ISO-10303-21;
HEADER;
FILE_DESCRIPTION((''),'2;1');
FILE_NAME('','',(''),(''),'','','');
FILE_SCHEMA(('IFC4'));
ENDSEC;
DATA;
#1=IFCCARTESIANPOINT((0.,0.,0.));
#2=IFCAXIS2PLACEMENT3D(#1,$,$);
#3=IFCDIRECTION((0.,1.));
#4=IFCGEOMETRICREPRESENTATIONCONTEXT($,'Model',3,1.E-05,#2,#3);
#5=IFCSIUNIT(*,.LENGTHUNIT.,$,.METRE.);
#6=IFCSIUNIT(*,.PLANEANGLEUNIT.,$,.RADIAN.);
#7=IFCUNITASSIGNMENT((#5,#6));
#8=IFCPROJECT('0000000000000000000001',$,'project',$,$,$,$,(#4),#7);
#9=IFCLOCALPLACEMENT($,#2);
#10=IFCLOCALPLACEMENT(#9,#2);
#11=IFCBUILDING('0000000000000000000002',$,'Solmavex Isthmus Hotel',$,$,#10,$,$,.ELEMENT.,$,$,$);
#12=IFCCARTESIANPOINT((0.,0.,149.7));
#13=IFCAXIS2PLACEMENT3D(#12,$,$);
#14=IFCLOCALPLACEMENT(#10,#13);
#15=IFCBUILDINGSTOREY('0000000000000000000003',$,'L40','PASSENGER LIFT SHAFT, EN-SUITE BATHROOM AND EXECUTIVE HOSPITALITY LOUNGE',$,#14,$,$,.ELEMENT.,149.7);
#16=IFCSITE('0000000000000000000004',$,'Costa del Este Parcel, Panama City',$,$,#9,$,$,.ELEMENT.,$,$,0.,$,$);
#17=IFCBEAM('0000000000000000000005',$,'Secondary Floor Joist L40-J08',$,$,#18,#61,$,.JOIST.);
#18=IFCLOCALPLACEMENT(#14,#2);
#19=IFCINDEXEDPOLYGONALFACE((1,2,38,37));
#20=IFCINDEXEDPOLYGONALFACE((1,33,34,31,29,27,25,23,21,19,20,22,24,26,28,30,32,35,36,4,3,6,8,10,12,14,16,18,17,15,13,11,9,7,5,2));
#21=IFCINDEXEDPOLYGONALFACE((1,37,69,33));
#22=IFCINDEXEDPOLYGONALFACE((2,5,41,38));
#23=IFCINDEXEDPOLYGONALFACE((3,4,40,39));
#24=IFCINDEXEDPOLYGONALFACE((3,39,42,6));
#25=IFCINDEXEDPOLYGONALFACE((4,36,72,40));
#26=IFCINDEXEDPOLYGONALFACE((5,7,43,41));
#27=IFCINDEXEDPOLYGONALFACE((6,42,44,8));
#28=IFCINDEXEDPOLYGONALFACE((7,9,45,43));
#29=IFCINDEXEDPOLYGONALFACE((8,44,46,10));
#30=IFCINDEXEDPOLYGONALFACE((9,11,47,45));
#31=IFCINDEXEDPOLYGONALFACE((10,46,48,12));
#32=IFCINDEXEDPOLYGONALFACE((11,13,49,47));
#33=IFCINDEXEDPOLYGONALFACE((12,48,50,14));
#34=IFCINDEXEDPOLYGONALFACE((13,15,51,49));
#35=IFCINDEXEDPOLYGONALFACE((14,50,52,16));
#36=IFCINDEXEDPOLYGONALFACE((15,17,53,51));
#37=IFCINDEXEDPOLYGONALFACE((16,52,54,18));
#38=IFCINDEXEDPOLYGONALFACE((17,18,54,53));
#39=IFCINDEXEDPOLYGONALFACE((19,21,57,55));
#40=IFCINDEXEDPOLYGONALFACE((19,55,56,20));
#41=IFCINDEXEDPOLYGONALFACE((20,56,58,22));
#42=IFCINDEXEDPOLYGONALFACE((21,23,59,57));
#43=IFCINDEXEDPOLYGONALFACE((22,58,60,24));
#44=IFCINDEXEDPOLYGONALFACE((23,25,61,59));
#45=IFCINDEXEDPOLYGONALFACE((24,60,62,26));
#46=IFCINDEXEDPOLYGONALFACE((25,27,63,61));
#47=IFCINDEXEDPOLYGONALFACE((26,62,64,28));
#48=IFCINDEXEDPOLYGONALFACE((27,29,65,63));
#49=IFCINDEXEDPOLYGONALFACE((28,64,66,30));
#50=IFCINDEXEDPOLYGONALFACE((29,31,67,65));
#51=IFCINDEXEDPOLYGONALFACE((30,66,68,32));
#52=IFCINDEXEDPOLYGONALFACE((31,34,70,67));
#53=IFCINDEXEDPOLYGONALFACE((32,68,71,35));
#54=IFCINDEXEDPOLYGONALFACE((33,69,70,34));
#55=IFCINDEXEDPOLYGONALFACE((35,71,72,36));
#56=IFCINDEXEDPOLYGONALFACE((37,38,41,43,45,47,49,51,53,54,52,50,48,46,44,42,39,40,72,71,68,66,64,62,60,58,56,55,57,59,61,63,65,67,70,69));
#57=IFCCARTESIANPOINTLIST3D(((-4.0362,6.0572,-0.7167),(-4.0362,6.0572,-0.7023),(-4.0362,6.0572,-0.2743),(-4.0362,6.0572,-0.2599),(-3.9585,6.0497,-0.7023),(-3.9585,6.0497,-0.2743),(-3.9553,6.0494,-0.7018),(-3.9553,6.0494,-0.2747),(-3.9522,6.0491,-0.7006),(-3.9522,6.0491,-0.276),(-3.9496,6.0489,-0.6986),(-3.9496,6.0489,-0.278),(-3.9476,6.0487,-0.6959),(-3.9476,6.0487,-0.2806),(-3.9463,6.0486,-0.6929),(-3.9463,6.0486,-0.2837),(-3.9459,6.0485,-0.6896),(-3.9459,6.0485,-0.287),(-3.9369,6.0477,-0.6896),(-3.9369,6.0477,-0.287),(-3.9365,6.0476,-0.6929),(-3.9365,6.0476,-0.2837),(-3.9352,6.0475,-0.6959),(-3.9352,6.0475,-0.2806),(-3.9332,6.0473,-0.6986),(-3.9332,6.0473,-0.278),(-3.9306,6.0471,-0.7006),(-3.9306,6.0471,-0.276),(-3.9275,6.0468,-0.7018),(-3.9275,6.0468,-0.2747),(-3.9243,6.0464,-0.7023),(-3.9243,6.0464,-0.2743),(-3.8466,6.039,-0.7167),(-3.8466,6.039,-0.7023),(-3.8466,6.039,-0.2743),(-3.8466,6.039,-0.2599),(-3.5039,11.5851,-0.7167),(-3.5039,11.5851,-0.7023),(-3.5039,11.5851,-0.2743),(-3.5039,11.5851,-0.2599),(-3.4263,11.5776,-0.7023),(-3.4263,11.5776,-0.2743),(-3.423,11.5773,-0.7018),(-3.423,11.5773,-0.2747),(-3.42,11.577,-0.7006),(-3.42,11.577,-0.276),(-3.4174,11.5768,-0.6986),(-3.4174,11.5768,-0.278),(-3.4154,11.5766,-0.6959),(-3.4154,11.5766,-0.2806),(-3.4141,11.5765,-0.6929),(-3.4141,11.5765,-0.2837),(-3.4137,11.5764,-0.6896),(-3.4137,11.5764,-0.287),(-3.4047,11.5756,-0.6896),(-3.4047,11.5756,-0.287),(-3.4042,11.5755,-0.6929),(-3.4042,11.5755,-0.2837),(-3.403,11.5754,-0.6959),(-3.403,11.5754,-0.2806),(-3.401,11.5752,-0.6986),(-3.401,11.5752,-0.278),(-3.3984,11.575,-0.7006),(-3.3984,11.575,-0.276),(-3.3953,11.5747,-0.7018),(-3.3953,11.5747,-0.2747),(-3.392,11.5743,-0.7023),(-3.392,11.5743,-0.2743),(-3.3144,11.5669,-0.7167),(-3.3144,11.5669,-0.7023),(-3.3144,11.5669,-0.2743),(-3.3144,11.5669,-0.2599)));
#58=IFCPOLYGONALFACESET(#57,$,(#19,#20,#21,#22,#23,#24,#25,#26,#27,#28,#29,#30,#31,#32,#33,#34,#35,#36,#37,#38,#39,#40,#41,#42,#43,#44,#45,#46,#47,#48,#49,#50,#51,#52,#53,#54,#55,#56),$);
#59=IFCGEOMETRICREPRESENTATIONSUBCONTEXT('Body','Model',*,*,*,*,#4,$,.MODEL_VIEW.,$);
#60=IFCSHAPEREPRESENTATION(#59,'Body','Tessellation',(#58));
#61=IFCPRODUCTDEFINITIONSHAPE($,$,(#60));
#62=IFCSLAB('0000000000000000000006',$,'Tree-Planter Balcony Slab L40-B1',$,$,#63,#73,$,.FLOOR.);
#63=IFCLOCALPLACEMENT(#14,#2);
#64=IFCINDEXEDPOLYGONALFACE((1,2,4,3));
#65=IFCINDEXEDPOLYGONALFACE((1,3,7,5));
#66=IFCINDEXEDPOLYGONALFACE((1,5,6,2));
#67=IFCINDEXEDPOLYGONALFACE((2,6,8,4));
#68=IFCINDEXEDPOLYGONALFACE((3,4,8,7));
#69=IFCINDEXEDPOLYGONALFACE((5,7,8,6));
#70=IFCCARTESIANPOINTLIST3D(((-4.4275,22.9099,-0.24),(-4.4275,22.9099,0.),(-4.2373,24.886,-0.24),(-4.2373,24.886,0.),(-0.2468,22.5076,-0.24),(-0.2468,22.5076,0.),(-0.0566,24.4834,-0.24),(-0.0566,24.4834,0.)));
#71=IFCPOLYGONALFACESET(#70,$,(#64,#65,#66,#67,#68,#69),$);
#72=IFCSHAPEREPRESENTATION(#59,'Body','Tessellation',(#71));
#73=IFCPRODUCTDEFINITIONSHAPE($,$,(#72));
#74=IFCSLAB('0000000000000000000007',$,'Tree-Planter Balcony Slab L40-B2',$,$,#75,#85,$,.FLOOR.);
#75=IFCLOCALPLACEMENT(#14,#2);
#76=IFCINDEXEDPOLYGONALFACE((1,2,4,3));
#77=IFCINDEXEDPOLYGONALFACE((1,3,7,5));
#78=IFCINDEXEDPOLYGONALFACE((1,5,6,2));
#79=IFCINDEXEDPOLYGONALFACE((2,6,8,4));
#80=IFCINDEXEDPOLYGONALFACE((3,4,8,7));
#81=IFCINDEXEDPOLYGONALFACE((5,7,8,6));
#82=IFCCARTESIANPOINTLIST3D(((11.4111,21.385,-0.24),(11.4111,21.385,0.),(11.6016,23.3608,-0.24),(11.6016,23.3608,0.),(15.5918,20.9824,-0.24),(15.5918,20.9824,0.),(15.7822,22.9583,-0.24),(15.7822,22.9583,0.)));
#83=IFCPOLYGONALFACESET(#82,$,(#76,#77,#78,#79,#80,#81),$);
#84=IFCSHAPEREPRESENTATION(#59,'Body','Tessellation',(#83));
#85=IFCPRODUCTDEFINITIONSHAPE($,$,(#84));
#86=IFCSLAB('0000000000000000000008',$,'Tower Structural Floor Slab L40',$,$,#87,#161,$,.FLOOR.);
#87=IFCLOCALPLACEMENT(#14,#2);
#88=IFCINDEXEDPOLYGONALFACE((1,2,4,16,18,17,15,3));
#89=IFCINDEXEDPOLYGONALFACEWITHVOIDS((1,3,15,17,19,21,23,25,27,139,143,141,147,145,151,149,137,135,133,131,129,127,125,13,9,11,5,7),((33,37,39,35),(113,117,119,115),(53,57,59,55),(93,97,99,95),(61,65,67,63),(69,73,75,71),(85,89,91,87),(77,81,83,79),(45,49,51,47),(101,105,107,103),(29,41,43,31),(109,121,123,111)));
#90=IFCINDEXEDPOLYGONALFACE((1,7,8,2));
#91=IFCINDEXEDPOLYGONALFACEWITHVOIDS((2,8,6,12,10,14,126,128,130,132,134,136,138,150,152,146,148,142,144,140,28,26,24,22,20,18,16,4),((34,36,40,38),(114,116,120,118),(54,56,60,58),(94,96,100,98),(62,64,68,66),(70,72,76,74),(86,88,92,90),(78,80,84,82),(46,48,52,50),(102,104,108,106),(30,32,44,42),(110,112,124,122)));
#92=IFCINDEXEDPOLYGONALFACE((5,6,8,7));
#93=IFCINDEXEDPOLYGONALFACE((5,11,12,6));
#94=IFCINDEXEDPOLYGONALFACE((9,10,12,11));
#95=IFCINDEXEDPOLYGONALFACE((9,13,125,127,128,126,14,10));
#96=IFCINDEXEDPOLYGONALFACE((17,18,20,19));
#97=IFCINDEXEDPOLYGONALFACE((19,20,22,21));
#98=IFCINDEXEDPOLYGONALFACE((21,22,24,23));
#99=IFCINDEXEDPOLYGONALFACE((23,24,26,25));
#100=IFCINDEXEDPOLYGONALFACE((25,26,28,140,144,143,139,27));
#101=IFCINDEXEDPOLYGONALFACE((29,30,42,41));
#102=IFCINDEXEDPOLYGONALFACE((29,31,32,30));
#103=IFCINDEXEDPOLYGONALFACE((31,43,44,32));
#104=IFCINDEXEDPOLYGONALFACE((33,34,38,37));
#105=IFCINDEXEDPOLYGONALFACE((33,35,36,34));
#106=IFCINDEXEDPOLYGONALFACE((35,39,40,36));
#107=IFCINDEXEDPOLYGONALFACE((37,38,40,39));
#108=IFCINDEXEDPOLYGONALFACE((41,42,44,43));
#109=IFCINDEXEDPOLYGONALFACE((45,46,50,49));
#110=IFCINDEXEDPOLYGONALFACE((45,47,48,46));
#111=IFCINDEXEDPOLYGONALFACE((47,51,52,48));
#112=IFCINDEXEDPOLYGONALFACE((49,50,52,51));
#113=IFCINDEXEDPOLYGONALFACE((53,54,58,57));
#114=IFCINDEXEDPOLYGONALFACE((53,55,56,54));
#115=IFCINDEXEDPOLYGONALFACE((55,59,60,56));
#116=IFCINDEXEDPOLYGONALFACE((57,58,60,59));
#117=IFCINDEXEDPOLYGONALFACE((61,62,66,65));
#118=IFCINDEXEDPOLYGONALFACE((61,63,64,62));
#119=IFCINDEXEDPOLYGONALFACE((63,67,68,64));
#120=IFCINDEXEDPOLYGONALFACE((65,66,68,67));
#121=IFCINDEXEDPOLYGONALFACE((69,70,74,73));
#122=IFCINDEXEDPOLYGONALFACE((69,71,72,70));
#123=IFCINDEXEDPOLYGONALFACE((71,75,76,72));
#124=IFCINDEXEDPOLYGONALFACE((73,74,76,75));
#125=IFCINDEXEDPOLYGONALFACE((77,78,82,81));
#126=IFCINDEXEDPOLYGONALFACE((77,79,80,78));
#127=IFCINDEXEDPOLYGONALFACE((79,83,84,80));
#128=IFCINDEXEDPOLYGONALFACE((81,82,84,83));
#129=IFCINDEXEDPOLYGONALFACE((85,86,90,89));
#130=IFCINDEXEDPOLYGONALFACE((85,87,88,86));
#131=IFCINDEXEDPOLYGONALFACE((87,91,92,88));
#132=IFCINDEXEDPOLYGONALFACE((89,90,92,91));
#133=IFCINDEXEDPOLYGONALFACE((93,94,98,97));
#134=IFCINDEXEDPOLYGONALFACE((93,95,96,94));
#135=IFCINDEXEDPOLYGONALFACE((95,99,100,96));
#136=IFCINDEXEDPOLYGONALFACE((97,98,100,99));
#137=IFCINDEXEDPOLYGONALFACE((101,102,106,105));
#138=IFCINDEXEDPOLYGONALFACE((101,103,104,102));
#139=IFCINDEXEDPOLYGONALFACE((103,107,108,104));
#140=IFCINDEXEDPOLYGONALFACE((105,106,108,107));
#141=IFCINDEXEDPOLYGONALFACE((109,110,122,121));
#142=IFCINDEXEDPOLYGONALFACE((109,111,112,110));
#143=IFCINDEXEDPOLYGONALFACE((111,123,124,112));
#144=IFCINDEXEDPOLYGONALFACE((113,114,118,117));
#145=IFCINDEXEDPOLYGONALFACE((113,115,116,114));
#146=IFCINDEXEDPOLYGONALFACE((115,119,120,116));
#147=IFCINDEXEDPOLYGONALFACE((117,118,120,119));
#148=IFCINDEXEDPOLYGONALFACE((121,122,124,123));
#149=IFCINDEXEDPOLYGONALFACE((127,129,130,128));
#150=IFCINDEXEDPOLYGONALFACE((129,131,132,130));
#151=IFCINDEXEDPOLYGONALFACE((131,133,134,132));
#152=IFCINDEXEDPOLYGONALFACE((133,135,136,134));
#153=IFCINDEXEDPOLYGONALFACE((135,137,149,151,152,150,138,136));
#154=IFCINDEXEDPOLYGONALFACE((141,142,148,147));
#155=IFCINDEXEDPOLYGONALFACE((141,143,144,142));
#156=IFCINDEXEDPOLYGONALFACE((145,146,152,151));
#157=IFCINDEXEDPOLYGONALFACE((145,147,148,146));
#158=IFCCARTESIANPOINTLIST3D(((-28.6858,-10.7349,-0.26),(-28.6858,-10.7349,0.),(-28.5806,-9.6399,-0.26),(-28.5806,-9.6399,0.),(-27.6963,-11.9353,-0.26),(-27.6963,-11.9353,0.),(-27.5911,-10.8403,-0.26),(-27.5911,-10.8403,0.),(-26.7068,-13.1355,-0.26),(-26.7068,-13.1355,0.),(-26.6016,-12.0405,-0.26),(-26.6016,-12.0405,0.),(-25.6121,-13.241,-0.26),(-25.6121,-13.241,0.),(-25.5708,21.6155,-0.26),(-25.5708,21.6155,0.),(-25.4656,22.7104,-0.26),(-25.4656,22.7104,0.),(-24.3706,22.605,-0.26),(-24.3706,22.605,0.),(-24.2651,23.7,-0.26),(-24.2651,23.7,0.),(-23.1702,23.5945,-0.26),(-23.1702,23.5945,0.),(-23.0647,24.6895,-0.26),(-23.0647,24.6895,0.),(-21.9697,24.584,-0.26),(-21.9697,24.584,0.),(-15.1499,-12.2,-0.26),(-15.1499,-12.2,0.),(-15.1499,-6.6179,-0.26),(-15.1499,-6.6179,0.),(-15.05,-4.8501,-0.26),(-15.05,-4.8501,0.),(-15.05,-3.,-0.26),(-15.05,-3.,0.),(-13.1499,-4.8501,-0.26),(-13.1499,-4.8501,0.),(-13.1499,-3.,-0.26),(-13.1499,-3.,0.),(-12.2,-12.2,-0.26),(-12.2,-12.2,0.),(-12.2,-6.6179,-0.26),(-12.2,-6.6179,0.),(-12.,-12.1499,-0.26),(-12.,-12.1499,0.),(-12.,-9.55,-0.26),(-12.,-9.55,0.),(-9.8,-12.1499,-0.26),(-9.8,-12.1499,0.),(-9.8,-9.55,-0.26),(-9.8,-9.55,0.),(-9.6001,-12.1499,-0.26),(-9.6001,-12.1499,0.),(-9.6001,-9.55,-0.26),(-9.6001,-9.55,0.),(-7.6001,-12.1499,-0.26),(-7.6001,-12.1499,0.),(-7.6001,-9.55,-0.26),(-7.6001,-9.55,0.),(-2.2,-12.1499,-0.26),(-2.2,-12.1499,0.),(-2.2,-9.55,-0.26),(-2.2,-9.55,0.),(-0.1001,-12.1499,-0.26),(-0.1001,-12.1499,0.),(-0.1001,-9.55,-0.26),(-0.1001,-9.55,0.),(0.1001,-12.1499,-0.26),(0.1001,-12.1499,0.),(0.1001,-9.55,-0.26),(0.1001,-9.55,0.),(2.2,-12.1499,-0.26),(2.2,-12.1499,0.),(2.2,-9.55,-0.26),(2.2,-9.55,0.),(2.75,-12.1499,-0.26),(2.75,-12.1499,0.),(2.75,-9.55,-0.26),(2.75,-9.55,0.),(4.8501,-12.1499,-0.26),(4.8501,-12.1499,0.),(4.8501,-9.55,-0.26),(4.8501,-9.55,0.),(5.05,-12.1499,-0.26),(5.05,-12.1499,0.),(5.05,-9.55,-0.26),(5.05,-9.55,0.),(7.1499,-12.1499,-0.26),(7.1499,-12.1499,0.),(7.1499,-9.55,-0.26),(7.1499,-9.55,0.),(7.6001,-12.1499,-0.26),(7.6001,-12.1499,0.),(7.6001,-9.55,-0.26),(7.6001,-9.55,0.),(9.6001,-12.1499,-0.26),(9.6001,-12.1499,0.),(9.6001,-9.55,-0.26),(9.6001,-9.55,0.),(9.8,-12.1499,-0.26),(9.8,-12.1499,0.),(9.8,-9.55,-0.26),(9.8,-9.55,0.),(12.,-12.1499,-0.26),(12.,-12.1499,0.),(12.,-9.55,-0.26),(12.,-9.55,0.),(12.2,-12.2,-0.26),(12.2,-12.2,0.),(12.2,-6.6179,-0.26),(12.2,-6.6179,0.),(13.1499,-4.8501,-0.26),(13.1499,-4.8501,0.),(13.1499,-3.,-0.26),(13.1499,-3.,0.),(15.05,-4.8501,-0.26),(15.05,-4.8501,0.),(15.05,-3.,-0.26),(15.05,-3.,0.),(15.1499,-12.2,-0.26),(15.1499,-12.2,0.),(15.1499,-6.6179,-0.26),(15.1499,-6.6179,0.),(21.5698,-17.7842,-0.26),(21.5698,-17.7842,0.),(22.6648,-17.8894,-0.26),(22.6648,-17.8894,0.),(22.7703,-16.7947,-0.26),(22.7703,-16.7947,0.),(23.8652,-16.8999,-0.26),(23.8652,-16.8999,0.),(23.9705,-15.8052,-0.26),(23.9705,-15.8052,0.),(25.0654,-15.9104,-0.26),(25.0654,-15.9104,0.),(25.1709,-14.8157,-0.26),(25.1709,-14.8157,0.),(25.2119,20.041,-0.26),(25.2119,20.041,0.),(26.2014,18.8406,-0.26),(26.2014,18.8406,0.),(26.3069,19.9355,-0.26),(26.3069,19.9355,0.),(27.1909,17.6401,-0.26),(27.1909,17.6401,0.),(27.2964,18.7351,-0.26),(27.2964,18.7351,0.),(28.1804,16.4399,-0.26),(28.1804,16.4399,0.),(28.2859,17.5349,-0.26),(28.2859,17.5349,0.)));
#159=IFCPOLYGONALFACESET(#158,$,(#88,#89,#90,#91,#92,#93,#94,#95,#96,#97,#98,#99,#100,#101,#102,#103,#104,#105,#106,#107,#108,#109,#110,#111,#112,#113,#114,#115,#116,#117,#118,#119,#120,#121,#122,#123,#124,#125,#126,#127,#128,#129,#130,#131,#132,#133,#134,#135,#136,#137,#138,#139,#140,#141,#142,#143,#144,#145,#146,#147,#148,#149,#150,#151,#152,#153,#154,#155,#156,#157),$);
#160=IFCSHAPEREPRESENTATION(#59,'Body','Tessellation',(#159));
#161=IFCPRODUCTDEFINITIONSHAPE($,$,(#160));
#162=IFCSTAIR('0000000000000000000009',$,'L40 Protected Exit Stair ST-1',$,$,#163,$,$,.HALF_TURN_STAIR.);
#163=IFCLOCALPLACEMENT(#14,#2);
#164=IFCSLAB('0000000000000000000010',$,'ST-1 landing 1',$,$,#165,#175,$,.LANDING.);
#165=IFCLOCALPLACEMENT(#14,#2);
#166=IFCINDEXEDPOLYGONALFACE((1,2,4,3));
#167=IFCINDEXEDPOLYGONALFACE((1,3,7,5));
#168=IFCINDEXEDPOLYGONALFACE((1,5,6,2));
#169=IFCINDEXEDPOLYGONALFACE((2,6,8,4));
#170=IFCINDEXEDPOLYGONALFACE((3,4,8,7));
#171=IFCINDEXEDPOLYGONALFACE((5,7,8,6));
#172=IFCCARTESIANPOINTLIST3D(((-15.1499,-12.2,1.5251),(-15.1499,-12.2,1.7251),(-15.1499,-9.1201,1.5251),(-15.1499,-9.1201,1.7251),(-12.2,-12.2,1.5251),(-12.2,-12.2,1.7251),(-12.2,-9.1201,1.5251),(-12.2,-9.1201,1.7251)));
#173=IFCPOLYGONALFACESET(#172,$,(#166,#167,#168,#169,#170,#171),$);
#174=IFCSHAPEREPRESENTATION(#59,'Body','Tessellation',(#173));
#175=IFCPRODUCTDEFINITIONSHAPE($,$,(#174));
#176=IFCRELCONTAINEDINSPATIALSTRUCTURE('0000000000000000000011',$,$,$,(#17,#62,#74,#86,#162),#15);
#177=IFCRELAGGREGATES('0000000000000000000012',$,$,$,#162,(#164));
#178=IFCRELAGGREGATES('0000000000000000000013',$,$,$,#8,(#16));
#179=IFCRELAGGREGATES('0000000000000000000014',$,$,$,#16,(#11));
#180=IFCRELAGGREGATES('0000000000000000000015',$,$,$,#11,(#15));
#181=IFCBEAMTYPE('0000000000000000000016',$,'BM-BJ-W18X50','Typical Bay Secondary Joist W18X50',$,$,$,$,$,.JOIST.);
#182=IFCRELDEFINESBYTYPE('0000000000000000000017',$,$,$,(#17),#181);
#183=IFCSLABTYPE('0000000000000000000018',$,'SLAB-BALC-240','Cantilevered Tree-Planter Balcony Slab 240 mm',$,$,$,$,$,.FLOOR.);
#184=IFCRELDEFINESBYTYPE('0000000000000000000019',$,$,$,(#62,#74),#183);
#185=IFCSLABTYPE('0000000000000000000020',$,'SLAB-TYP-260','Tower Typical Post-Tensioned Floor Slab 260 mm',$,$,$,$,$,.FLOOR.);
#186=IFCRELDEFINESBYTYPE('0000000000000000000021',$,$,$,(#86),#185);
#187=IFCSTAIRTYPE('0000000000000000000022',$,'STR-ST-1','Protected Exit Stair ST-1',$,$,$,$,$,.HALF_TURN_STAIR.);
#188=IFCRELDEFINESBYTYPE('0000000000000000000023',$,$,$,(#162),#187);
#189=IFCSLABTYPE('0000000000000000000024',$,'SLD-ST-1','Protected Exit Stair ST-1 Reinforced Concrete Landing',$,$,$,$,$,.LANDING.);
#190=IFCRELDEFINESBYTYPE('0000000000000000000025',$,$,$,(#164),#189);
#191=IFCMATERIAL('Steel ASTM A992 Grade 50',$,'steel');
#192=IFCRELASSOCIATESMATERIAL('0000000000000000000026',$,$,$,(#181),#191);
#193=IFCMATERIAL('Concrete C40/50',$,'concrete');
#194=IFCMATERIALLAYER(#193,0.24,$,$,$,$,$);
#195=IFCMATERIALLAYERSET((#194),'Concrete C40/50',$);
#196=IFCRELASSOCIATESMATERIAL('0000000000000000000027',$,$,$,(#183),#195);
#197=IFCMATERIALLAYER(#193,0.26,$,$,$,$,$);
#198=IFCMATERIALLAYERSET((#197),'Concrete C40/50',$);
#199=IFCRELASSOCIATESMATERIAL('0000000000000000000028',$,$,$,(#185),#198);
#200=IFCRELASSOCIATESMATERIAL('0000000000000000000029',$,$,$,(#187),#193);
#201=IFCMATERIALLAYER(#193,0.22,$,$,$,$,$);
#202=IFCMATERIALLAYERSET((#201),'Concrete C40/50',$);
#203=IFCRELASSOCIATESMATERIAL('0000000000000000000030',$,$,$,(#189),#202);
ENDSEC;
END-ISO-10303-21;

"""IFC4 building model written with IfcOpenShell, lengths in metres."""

from ifc_helpers import new_model, si_unit, direction, frame, origin, origin_2d, place, context, subcontext, project, spatial, polyline, i_section, outline, extrude, material, layer, layer_set, material_profile, profile_set, type_object, element, aggregate, save


model = new_model("IFC4")

# Units and contexts
model_context = context("Model", 3, precision=1e-05, world=origin(), true_north=direction((0.0, 1.0)))
body_context = subcontext(model_context, "Body", "Model", "MODEL_VIEW")
ifc_project = project(units=[si_unit("LENGTHUNIT", "METRE"), si_unit("PLANEANGLEUNIT", "RADIAN")], contexts=[model_context])

# Site, building, storey
site_placement = place(None, origin())
site = spatial("IfcSite", under=ifc_project, at=site_placement, Name="Costa del Este Parcel, Panama City", CompositionType="ELEMENT", RefElevation=0.0)
building_placement = place(site_placement, origin())
building = spatial("IfcBuilding", under=site, at=building_placement, Name="Solmavex Isthmus Hotel", CompositionType="ELEMENT")
storey_placement = place(building_placement, frame((0.0, 0.0, 149.7)))
storey = spatial("IfcBuildingStorey", under=building, at=storey_placement, Name="L40", Description="PASSENGER LIFT SHAFT, EN-SUITE BATHROOM AND EXECUTIVE HOSPITALITY LOUNGE", CompositionType="ELEMENT", Elevation=149.7)

# Beam
ifc_material_1 = material(Name="Steel ASTM A992 Grade 50", Category="steel")
ifc_material_profile_1 = material_profile(ifc_material_1, i_section(OverallWidth=0.1904, OverallDepth=0.4568, WebThickness=0.009, FlangeThickness=0.0144, FilletRadius=0.0127, at=origin_2d()), Name="W18X50")
ifc_profile_set_1 = profile_set([ifc_material_profile_1], Name="Steel ASTM A992 Grade 50")
beam_type_1 = type_object("IfcBeamType", Name="BM-BJ-W18X50", Description="Typical Bay Secondary Joist W18X50", PredefinedType="JOIST", material=ifc_profile_set_1)
beam_1_placement = place(storey_placement, frame((-3.9414, 6.0481, -0.4883), z_axis=(0.095838, 0.995397, 0.0), x_axis=(-0.995397, 0.095838, 0.0)))
element("IfcBeam", 1, at=beam_1_placement, inside=storey, type_object=beam_type_1, Name="Secondary Floor Joist L40-J08", PredefinedType="JOIST", context=body_context, shape_type="SweptSolid", body=[
    extrude(i_section(OverallWidth=0.1904, OverallDepth=0.4568, WebThickness=0.009, FlangeThickness=0.0144, FilletRadius=0.0127, at=origin_2d()), origin(), (0.0, 0.0, 1.0), 5.5535),
])

# Slabs
ifc_material_2 = material(Name="Concrete C40/50", Category="concrete")
ifc_layer_1 = layer(ifc_material_2, 0.24)
ifc_layer_set_1 = layer_set([ifc_layer_1], Name="Concrete C40/50")
slab_type_1 = type_object("IfcSlabType", Name="SLAB-BALC-240", Description="Cantilevered Tree-Planter Balcony Slab 240 mm", PredefinedType="FLOOR", material=ifc_layer_set_1)
slab_1_placement = place(storey_placement, frame((0.0, 0.0, -0.24)))
element("IfcSlab", 2, at=slab_1_placement, inside=storey, type_object=slab_type_1, Name="Tree-Planter Balcony Slab L40-B1", PredefinedType="FLOOR", context=body_context, shape_type="SweptSolid", body=[
    extrude(outline(polyline([(-4.4275, 22.9099), (-0.2468, 22.5076), (-0.0566, 24.4834), (-4.2373, 24.886), (-4.4275, 22.9099)])), origin(), (0.0, 0.0, 1.0), 0.24),
])
slab_2_placement = place(storey_placement, frame((0.0, 0.0, -0.24)))
element("IfcSlab", 3, at=slab_2_placement, inside=storey, type_object=slab_type_1, Name="Tree-Planter Balcony Slab L40-B2", PredefinedType="FLOOR", context=body_context, shape_type="SweptSolid", body=[
    extrude(outline(polyline([(11.4111, 21.385), (15.5918, 20.9824), (15.7822, 22.9583), (11.6016, 23.3608), (11.4111, 21.385)])), origin(), (0.0, 0.0, 1.0), 0.24),
])
ifc_layer_2 = layer(ifc_material_2, 0.26)
ifc_layer_set_2 = layer_set([ifc_layer_2], Name="Concrete C40/50")
slab_type_2 = type_object("IfcSlabType", Name="SLAB-TYP-260", Description="Tower Typical Post-Tensioned Floor Slab 260 mm", PredefinedType="FLOOR", material=ifc_layer_set_2)
slab_3_placement = place(storey_placement, frame((0.0, 0.0, -0.26)))
element("IfcSlab", 4, at=slab_3_placement, inside=storey, type_object=slab_type_2, Name="Tower Structural Floor Slab L40", PredefinedType="FLOOR", context=body_context, shape_type="SweptSolid", body=[
    extrude(outline(polyline([(-25.6121, -13.241), (21.5698, -17.7842), (22.6648, -17.8894), (22.7703, -16.7947), (23.8652, -16.8999), (23.9705, -15.8052), (25.0654, -15.9104), (25.1709, -14.8157), (28.1804, 16.4399), (28.2859, 17.5349), (27.1909, 17.6401), (27.2964, 18.7351), (26.2014, 18.8406), (26.3069, 19.9355), (25.2119, 20.041), (-21.9697, 24.584), (-23.0647, 24.6895), (-23.1702, 23.5945), (-24.2651, 23.7), (-24.3706, 22.605), (-25.4656, 22.7104), (-25.5708, 21.6155), (-28.5806, -9.6399), (-28.6858, -10.7349), (-27.5911, -10.8403), (-27.6963, -11.9353), (-26.6016, -12.0405), (-26.7068, -13.1355), (-25.6121, -13.241)]), holes=[polyline([(-15.1499, -6.6179), (-15.1499, -12.2), (-12.2, -12.2), (-12.2, -6.6179), (-15.1499, -6.6179)]), polyline([(12.2, -6.6179), (12.2, -12.2), (15.1499, -12.2), (15.1499, -6.6179), (12.2, -6.6179)]), polyline([(-12.0, -12.1499), (-9.8, -12.1499), (-9.8, -9.55), (-12.0, -9.55), (-12.0, -12.1499)]), polyline([(9.8, -12.1499), (12.0, -12.1499), (12.0, -9.55), (9.8, -9.55), (9.8, -12.1499)]), polyline([(-9.6001, -12.1499), (-7.6001, -12.1499), (-7.6001, -9.55), (-9.6001, -9.55), (-9.6001, -12.1499)]), polyline([(7.6001, -12.1499), (9.6001, -12.1499), (9.6001, -9.55), (7.6001, -9.55), (7.6001, -12.1499)]), polyline([(-2.2, -12.1499), (-0.1001, -12.1499), (-0.1001, -9.55), (-2.2, -9.55), (-2.2, -12.1499)]), polyline([(0.1001, -12.1499), (2.2, -12.1499), (2.2, -9.55), (0.1001, -9.55), (0.1001, -12.1499)]), polyline([(2.75, -12.1499), (4.8501, -12.1499), (4.8501, -9.55), (2.75, -9.55), (2.75, -12.1499)]), polyline([(5.05, -12.1499), (7.1499, -12.1499), (7.1499, -9.55), (5.05, -9.55), (5.05, -12.1499)]), polyline([(-15.05, -4.8501), (-13.1499, -4.8501), (-13.1499, -3.0), (-15.05, -3.0), (-15.05, -4.8501)]), polyline([(13.1499, -4.8501), (15.05, -4.8501), (15.05, -3.0), (13.1499, -3.0), (13.1499, -4.8501)])]), origin(), (0.0, 0.0, 1.0), 0.26),
])

# Stair, slab
stair_type_1 = type_object("IfcStairType", Name="STR-ST-1", Description="Protected Exit Stair ST-1", PredefinedType="HALF_TURN_STAIR", material=ifc_material_2)
stair_1_placement = place(storey_placement, origin())
stair_1 = element("IfcStair", 5, at=stair_1_placement, inside=storey, type_object=stair_type_1, Name="L40 Protected Exit Stair ST-1", PredefinedType="HALF_TURN_STAIR")
ifc_layer_3 = layer(ifc_material_2, 0.22)
ifc_layer_set_3 = layer_set([ifc_layer_3], Name="Concrete C40/50")
slab_type_3 = type_object("IfcSlabType", Name="SLD-ST-1", Description="Protected Exit Stair ST-1 Reinforced Concrete Landing", PredefinedType="LANDING", material=ifc_layer_set_3)
slab_4_placement = place(storey_placement, frame((0.0, 0.0, 1.5251)))
slab_4 = element("IfcSlab", 6, at=slab_4_placement, type_object=slab_type_3, Name="ST-1 landing 1", PredefinedType="LANDING", context=body_context, shape_type="SweptSolid", body=[
    extrude(outline(polyline([(-15.1499, -9.1201), (-15.1499, -12.2), (-12.2, -12.2), (-12.2, -9.1201), (-15.1499, -9.1201)])), origin(), (0.0, 0.0, 1.0), 0.2),
])
aggregate(stair_1, [slab_4])

save(model, "model.ifc")
